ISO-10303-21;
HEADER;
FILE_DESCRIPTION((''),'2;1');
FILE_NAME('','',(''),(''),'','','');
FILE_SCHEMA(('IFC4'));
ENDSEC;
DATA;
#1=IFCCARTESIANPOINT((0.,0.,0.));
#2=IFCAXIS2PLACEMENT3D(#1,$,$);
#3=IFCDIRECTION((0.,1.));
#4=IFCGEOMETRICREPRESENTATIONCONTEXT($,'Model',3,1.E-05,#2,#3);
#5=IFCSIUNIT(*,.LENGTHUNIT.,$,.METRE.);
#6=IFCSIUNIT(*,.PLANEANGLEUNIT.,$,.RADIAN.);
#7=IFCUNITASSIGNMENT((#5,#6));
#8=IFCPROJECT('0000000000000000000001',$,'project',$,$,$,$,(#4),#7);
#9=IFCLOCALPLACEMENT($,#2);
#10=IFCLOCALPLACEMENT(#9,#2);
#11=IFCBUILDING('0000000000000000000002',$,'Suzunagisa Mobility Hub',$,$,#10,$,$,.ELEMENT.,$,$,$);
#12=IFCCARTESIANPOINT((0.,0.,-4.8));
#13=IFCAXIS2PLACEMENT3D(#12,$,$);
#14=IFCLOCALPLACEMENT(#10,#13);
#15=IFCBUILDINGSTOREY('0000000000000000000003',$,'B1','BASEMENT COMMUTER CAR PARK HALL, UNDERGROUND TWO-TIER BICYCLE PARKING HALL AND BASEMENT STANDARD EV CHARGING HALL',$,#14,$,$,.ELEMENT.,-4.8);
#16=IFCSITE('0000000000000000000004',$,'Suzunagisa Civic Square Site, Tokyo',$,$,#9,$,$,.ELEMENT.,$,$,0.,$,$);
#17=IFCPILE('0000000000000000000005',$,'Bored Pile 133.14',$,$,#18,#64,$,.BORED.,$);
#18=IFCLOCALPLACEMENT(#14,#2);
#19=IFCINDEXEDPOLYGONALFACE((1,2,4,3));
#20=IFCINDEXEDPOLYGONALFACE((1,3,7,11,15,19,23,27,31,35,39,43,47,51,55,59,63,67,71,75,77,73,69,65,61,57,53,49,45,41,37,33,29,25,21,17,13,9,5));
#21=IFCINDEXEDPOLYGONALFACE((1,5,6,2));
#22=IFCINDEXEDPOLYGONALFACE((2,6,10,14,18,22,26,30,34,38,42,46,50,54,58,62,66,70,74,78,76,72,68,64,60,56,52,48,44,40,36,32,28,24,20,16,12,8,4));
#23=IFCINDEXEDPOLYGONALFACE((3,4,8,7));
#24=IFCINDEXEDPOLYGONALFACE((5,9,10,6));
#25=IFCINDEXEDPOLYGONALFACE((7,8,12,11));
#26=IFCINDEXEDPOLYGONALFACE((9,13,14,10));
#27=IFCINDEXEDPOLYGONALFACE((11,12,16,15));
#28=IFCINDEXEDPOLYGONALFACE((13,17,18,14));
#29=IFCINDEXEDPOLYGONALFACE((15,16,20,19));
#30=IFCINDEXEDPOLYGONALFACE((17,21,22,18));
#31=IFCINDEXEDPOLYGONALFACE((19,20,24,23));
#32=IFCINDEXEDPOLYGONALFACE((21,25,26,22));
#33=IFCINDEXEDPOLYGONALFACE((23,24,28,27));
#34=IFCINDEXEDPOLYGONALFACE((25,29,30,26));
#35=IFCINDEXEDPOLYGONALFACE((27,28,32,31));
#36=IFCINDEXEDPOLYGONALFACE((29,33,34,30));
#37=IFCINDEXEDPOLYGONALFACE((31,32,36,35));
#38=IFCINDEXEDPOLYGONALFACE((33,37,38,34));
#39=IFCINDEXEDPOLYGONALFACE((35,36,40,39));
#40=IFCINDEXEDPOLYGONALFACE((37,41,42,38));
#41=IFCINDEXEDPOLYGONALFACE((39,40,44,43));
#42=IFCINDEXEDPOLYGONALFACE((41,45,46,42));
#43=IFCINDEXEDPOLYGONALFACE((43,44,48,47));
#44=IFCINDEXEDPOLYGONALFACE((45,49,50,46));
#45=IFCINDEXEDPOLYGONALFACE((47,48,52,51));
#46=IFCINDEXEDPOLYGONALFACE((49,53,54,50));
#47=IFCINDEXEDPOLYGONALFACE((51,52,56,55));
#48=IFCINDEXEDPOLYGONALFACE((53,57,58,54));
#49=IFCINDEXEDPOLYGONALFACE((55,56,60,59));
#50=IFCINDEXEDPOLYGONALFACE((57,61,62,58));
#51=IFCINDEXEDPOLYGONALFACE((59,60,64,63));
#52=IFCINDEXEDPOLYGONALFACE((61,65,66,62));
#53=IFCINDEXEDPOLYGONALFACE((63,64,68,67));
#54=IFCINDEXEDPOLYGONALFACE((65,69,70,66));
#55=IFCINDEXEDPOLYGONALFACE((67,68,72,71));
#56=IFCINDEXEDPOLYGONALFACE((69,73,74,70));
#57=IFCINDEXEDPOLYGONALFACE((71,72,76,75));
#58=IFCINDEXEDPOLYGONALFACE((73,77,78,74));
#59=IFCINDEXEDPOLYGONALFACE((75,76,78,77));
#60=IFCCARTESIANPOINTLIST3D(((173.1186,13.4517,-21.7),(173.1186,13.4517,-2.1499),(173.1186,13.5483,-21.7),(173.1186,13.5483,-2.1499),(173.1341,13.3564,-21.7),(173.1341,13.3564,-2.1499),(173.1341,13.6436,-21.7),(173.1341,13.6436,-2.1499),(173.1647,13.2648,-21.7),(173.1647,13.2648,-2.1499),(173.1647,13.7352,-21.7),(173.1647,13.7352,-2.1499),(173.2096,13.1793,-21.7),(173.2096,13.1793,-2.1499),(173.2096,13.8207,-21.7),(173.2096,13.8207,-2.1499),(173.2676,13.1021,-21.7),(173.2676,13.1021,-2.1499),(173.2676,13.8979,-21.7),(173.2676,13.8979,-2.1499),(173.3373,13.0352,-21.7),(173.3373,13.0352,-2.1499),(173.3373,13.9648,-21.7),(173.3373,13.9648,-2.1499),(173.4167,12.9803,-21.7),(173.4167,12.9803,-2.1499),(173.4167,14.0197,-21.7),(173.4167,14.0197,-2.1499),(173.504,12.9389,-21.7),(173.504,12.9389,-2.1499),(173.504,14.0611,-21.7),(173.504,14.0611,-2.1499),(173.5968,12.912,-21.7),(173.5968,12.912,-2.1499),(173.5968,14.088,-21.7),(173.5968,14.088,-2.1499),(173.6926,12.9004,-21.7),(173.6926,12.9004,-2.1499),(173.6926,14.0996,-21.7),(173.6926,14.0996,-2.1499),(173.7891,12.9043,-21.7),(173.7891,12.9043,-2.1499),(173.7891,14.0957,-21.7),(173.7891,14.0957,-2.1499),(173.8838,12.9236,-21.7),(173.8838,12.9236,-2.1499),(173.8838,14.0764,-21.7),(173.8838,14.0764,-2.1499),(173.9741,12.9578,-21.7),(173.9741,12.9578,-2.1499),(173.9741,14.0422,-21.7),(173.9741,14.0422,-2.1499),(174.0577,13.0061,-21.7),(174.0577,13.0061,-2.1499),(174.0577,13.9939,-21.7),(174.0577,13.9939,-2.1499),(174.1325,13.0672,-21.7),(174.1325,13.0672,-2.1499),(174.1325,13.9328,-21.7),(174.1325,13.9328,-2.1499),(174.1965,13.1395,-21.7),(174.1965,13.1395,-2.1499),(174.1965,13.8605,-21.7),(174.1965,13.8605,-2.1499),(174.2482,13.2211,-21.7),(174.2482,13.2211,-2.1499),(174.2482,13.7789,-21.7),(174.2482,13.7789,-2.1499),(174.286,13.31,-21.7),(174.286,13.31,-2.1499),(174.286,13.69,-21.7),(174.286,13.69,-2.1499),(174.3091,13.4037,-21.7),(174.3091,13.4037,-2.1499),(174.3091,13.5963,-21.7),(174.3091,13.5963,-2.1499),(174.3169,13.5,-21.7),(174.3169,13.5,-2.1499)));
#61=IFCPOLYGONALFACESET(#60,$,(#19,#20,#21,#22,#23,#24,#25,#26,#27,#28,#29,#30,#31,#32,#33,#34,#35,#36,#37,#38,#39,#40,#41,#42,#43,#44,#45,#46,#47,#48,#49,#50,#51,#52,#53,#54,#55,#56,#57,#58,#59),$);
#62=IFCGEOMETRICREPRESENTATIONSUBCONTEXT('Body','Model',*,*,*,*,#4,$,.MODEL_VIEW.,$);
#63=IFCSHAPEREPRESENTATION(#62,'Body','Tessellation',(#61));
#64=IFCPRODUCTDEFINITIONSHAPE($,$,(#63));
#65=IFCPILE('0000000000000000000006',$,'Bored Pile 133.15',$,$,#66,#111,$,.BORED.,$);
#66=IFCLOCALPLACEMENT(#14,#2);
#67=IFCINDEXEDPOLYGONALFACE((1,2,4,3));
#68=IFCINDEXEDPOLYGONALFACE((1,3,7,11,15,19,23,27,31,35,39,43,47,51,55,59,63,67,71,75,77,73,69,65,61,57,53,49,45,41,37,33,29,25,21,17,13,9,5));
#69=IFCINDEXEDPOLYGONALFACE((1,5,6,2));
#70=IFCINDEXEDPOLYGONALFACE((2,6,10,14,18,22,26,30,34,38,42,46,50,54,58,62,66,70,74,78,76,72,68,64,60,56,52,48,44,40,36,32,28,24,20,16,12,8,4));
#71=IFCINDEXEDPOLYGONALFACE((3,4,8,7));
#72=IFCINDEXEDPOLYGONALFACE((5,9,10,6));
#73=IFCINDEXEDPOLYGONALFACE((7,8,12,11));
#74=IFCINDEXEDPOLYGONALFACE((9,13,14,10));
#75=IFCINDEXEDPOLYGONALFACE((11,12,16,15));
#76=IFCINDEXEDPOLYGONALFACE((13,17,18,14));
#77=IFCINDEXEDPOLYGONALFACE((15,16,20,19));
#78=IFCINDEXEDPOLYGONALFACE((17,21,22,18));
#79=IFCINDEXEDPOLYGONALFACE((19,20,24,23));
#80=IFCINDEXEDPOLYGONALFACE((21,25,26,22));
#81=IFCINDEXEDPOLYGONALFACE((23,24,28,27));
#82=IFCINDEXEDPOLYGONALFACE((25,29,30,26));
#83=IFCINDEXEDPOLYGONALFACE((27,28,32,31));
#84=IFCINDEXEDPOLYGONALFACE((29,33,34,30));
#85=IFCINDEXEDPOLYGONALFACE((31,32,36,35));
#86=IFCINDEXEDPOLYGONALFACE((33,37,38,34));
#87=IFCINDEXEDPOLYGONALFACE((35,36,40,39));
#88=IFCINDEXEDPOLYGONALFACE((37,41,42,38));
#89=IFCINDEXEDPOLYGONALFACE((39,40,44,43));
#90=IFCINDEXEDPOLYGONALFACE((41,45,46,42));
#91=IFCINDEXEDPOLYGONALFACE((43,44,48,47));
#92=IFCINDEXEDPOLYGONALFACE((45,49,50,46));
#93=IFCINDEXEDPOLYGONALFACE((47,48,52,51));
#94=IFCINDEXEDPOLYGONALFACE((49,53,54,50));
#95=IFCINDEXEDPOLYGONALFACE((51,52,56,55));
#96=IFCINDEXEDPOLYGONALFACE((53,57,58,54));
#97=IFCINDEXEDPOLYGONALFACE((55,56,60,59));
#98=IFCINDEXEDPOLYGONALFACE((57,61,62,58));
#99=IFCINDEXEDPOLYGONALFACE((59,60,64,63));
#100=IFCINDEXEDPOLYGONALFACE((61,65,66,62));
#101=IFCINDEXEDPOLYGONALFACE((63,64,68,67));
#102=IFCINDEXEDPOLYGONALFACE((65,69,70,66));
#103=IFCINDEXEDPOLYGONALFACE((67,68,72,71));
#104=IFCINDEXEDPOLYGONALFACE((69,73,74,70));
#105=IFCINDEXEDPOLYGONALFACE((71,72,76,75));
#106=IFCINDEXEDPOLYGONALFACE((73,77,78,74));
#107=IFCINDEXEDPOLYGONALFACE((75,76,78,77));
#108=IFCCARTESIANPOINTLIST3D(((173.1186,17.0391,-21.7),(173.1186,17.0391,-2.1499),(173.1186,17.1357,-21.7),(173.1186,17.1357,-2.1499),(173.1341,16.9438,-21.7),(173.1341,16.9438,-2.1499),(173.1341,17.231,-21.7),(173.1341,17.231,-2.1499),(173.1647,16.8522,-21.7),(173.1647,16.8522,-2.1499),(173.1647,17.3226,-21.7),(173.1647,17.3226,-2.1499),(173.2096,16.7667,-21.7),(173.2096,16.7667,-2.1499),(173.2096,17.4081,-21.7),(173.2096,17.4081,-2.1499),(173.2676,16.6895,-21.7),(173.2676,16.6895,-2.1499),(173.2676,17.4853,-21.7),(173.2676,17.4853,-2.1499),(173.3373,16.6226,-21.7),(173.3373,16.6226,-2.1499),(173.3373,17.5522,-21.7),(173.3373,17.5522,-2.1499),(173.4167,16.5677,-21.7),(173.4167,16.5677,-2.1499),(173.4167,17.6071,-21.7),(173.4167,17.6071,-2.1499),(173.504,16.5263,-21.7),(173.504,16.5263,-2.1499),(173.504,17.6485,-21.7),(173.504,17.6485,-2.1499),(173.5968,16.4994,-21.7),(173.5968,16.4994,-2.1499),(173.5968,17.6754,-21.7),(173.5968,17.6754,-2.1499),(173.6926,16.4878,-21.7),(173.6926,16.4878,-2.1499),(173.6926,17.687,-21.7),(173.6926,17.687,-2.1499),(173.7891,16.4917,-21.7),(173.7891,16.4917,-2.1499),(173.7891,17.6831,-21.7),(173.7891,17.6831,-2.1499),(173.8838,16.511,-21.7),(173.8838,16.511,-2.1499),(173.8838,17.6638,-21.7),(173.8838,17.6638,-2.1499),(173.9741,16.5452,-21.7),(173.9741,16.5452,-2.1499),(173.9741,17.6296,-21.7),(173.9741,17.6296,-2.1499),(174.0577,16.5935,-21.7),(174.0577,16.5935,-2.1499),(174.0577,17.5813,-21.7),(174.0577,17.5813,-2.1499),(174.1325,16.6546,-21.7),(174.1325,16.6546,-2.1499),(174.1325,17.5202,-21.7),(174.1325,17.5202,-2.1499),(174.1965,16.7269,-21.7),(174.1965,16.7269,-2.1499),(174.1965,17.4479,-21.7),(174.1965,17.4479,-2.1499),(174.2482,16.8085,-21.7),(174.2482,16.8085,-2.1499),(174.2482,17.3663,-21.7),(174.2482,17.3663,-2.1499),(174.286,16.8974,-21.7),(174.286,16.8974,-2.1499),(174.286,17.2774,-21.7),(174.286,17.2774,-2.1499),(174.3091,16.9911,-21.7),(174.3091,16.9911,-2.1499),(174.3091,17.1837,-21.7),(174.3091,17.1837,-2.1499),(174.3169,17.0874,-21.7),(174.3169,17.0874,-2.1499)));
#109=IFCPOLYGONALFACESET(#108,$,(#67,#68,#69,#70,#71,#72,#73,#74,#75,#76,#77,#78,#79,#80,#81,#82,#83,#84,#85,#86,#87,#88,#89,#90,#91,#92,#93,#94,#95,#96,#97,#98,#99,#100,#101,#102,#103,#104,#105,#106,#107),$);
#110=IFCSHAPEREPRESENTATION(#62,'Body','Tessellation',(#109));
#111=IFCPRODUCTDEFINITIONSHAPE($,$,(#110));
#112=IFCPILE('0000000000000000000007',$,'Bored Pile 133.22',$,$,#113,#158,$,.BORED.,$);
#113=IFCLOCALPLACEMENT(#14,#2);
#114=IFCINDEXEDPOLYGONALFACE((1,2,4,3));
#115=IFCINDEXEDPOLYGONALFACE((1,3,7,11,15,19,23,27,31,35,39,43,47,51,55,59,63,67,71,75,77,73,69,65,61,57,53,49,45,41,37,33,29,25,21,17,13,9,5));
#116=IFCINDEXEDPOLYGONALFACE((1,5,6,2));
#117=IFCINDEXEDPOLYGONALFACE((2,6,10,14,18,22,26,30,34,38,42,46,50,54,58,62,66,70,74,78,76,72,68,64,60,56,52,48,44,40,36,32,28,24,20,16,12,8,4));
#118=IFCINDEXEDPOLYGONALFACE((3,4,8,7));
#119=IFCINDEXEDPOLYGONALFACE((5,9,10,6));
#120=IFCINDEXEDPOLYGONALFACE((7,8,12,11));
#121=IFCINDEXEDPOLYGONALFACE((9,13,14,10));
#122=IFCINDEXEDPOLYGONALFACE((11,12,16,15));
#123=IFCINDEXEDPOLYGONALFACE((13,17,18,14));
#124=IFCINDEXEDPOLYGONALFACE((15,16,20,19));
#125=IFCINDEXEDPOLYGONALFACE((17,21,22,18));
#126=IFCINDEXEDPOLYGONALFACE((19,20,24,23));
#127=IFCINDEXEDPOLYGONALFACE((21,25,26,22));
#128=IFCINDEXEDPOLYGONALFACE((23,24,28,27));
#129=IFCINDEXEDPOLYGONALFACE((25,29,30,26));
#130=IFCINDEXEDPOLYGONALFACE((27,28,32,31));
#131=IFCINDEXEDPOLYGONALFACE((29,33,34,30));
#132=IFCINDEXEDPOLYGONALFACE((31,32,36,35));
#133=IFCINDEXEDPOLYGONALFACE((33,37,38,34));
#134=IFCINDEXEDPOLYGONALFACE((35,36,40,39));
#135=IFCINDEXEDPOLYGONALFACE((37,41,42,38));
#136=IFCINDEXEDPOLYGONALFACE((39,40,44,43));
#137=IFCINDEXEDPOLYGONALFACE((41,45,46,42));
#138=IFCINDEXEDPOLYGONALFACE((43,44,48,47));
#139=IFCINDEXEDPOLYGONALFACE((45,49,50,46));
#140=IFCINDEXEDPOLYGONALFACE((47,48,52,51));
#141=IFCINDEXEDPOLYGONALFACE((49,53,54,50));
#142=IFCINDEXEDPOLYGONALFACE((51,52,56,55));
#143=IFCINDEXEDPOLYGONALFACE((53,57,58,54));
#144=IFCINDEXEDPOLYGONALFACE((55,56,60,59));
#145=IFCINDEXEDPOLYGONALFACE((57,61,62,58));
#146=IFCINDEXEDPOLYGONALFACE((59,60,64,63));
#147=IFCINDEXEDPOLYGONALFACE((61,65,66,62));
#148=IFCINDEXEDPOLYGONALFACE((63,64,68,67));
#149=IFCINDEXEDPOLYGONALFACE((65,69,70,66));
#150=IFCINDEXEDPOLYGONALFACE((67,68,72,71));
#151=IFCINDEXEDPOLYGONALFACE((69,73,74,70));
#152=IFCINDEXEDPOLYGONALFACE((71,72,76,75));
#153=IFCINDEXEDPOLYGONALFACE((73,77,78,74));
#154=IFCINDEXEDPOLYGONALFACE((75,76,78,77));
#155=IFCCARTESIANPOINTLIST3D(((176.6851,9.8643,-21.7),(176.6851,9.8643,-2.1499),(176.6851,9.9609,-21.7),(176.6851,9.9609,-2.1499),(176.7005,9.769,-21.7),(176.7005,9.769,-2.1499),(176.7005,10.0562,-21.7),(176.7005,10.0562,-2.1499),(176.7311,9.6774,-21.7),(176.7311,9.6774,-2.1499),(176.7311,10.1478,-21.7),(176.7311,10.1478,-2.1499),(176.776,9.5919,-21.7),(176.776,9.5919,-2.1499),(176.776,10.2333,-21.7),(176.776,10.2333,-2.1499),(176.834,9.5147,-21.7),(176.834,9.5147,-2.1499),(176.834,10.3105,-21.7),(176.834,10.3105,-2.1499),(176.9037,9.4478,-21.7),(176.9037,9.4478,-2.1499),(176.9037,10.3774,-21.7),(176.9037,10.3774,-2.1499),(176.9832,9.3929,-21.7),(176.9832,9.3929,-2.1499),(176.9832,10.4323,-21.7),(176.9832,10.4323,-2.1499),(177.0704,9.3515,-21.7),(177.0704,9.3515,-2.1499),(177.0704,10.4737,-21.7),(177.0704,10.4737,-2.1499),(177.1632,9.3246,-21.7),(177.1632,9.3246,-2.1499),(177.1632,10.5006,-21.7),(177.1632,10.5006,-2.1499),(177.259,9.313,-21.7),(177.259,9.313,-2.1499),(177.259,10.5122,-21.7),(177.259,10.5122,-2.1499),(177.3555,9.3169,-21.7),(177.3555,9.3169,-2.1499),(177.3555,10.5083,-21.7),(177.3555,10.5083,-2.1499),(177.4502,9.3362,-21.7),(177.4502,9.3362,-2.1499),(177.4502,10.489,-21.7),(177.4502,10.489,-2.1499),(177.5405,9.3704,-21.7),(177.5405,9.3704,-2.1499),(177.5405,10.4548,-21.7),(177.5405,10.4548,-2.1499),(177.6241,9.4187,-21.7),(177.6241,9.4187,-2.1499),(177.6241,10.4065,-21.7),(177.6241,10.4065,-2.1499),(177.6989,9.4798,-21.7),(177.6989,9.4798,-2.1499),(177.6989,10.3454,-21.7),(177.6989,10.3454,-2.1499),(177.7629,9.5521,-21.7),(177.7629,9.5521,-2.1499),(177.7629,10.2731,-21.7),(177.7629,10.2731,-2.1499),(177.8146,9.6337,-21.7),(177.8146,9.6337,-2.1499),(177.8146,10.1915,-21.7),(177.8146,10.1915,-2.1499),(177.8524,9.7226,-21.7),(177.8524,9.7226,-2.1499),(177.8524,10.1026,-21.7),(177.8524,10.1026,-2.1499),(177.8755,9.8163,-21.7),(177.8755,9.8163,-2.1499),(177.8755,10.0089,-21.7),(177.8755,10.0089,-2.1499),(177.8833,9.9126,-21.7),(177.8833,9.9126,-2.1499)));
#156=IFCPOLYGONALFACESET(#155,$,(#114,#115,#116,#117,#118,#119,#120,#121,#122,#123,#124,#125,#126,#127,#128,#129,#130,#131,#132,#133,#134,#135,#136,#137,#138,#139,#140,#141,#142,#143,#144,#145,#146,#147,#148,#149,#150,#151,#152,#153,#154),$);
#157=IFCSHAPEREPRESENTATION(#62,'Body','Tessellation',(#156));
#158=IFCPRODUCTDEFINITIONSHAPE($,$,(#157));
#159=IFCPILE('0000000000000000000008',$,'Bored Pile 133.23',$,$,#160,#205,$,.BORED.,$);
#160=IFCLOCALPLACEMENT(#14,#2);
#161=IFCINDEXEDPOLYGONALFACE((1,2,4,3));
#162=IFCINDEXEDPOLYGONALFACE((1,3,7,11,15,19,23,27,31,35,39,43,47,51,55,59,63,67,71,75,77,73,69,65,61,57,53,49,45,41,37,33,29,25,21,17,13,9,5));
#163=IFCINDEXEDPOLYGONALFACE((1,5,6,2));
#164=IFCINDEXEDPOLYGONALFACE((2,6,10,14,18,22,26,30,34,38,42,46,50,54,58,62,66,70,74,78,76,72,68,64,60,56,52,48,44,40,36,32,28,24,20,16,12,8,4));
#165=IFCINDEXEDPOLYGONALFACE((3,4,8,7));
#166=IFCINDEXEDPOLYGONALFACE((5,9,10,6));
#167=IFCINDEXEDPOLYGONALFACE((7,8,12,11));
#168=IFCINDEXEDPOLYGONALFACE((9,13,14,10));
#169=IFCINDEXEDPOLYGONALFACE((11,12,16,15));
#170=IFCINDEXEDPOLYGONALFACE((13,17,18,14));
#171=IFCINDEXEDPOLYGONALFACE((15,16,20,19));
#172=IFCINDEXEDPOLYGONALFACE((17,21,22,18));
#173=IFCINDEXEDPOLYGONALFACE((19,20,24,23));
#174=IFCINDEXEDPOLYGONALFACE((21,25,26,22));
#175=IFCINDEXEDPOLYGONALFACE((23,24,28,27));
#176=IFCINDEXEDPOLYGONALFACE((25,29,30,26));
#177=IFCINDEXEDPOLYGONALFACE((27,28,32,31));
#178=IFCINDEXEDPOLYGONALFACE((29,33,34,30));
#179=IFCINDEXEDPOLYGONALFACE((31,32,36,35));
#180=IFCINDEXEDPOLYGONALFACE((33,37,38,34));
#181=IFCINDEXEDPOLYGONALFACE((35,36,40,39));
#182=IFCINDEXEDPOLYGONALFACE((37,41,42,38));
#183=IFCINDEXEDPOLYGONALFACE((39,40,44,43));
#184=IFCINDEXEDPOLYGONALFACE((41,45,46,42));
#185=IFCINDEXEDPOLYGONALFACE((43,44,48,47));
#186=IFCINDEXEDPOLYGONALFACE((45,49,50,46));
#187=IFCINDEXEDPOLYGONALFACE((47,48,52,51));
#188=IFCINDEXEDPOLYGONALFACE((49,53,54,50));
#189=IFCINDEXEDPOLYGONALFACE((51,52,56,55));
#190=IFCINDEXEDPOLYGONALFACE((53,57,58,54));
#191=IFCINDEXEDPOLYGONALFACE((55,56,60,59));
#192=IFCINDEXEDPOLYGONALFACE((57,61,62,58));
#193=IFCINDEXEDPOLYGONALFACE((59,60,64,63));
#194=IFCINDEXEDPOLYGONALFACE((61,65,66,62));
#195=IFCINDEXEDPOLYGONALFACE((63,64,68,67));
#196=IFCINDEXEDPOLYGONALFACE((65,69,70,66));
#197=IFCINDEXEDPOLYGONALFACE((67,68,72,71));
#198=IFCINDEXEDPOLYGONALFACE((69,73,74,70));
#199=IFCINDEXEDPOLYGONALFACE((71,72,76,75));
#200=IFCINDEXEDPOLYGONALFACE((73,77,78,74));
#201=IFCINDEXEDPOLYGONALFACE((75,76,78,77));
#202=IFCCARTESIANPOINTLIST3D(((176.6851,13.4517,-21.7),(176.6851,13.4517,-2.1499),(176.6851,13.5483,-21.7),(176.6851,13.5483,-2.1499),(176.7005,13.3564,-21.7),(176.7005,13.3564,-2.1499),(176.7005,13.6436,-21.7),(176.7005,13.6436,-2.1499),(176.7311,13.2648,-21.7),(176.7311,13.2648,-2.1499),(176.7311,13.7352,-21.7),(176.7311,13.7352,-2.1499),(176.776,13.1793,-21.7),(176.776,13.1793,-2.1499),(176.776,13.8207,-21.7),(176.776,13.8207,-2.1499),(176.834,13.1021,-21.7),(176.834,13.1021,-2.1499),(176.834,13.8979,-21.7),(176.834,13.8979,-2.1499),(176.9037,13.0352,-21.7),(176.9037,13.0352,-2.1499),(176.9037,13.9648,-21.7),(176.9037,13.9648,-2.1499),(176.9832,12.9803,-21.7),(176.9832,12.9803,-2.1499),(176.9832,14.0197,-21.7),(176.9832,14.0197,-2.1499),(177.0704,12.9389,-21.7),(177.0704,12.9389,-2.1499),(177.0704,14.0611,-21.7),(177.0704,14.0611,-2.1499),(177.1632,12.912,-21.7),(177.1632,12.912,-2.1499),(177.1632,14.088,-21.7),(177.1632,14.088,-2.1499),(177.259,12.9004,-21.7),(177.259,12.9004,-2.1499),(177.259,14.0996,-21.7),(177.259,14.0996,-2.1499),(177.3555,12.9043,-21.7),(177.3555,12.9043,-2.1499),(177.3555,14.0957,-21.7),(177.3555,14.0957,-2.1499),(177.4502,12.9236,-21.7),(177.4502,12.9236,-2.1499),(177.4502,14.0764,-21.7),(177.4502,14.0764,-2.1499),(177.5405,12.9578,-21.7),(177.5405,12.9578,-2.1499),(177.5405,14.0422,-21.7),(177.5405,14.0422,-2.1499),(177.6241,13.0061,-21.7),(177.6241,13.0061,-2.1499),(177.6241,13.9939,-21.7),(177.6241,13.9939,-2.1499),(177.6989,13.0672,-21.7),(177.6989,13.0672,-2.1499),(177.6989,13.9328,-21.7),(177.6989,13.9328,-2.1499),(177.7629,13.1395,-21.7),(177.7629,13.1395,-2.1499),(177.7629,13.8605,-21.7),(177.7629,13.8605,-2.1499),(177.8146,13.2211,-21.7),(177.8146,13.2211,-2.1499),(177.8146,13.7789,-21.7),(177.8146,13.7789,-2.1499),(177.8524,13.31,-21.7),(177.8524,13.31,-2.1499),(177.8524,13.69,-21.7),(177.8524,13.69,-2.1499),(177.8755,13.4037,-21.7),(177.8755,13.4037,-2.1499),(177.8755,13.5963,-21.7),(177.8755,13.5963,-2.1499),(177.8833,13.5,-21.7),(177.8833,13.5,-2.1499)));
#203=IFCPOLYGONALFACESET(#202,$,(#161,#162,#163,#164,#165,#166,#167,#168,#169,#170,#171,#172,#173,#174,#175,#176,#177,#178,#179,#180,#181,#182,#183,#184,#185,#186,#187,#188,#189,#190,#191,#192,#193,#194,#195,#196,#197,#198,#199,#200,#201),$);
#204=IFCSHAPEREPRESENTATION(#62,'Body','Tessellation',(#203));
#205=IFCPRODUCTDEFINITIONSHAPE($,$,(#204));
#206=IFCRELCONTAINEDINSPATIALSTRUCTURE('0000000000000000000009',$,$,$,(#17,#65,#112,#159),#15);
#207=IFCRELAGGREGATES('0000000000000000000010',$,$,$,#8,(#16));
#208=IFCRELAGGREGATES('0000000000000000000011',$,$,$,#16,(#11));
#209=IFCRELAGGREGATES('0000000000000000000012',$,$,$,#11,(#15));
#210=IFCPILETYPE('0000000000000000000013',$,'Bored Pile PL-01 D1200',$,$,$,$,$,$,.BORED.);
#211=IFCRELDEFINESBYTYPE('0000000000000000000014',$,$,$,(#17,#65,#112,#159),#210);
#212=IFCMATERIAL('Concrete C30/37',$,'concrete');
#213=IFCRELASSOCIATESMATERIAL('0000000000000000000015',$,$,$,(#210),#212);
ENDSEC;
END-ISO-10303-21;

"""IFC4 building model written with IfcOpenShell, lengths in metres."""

from ifc_helpers import new_model, si_unit, direction, frame, origin, origin_2d, place, context, subcontext, project, spatial, circle, extrude, material, material_profile, profile_set, type_object, element, save


model = new_model("IFC4")

# Units and contexts
model_context = context("Model", 3, precision=1e-05, world=origin(), true_north=direction((0.0, 1.0)))
body_context = subcontext(model_context, "Body", "Model", "MODEL_VIEW")
ifc_project = project(units=[si_unit("LENGTHUNIT", "METRE"), si_unit("PLANEANGLEUNIT", "RADIAN")], contexts=[model_context])

# Site, building, storey
site_placement = place(None, origin())
site = spatial("IfcSite", under=ifc_project, at=site_placement, Name="Suzunagisa Civic Square Site, Tokyo", CompositionType="ELEMENT", RefElevation=0.0)
building_placement = place(site_placement, origin())
building = spatial("IfcBuilding", under=site, at=building_placement, Name="Suzunagisa Mobility Hub", CompositionType="ELEMENT")
storey_placement = place(building_placement, frame((0.0, 0.0, -4.8)))
storey = spatial("IfcBuildingStorey", under=building, at=storey_placement, Name="B1", Description="BASEMENT COMMUTER CAR PARK HALL, UNDERGROUND TWO-TIER BICYCLE PARKING HALL AND BASEMENT STANDARD EV CHARGING HALL", CompositionType="ELEMENT", Elevation=-4.8)

# Piles
ifc_material_1 = material(Name="Concrete C30/37", Category="concrete")
ifc_material_profile_1 = material_profile(ifc_material_1, circle(Radius=0.6001, at=origin_2d()), Name="BORED PILE D1200")
ifc_profile_set_1 = profile_set([ifc_material_profile_1], Name="Concrete C30/37")
pile_type = type_object("IfcPileType", Name="Bored Pile PL-01 D1200", PredefinedType="BORED", material=ifc_profile_set_1)
for number, where, z_axis, x_axis, name in (
    (1, (173.7168, 13.5, -2.1499), (0.0, 0.0, -1.0), (1.0, 0.0, 0.0), "Bored Pile 133.14"),
    (2, (173.7168, 17.0874, -2.1499), (0.0, 0.0, -1.0), (1.0, 0.0, 0.0), "Bored Pile 133.15"),
    (3, (177.2832, 9.9126, -2.1499), (0.0, 0.0, -1.0), (1.0, 0.0, 0.0), "Bored Pile 133.22"),
    (4, (177.2832, 13.5, -2.1499), (0.0, 0.0, -1.0), (1.0, 0.0, 0.0), "Bored Pile 133.23"),
):
    element("IfcPile", number, at=place(storey_placement, frame(where, z_axis=z_axis, x_axis=x_axis)), inside=storey, type_object=pile_type, Name=name, PredefinedType="BORED", context=body_context, shape_type="SweptSolid", body=[
        extrude(circle(Radius=0.6001, at=origin_2d()), origin(), (0.0, 0.0, 1.0), 19.55),
    ])

save(model, "model.ifc")
